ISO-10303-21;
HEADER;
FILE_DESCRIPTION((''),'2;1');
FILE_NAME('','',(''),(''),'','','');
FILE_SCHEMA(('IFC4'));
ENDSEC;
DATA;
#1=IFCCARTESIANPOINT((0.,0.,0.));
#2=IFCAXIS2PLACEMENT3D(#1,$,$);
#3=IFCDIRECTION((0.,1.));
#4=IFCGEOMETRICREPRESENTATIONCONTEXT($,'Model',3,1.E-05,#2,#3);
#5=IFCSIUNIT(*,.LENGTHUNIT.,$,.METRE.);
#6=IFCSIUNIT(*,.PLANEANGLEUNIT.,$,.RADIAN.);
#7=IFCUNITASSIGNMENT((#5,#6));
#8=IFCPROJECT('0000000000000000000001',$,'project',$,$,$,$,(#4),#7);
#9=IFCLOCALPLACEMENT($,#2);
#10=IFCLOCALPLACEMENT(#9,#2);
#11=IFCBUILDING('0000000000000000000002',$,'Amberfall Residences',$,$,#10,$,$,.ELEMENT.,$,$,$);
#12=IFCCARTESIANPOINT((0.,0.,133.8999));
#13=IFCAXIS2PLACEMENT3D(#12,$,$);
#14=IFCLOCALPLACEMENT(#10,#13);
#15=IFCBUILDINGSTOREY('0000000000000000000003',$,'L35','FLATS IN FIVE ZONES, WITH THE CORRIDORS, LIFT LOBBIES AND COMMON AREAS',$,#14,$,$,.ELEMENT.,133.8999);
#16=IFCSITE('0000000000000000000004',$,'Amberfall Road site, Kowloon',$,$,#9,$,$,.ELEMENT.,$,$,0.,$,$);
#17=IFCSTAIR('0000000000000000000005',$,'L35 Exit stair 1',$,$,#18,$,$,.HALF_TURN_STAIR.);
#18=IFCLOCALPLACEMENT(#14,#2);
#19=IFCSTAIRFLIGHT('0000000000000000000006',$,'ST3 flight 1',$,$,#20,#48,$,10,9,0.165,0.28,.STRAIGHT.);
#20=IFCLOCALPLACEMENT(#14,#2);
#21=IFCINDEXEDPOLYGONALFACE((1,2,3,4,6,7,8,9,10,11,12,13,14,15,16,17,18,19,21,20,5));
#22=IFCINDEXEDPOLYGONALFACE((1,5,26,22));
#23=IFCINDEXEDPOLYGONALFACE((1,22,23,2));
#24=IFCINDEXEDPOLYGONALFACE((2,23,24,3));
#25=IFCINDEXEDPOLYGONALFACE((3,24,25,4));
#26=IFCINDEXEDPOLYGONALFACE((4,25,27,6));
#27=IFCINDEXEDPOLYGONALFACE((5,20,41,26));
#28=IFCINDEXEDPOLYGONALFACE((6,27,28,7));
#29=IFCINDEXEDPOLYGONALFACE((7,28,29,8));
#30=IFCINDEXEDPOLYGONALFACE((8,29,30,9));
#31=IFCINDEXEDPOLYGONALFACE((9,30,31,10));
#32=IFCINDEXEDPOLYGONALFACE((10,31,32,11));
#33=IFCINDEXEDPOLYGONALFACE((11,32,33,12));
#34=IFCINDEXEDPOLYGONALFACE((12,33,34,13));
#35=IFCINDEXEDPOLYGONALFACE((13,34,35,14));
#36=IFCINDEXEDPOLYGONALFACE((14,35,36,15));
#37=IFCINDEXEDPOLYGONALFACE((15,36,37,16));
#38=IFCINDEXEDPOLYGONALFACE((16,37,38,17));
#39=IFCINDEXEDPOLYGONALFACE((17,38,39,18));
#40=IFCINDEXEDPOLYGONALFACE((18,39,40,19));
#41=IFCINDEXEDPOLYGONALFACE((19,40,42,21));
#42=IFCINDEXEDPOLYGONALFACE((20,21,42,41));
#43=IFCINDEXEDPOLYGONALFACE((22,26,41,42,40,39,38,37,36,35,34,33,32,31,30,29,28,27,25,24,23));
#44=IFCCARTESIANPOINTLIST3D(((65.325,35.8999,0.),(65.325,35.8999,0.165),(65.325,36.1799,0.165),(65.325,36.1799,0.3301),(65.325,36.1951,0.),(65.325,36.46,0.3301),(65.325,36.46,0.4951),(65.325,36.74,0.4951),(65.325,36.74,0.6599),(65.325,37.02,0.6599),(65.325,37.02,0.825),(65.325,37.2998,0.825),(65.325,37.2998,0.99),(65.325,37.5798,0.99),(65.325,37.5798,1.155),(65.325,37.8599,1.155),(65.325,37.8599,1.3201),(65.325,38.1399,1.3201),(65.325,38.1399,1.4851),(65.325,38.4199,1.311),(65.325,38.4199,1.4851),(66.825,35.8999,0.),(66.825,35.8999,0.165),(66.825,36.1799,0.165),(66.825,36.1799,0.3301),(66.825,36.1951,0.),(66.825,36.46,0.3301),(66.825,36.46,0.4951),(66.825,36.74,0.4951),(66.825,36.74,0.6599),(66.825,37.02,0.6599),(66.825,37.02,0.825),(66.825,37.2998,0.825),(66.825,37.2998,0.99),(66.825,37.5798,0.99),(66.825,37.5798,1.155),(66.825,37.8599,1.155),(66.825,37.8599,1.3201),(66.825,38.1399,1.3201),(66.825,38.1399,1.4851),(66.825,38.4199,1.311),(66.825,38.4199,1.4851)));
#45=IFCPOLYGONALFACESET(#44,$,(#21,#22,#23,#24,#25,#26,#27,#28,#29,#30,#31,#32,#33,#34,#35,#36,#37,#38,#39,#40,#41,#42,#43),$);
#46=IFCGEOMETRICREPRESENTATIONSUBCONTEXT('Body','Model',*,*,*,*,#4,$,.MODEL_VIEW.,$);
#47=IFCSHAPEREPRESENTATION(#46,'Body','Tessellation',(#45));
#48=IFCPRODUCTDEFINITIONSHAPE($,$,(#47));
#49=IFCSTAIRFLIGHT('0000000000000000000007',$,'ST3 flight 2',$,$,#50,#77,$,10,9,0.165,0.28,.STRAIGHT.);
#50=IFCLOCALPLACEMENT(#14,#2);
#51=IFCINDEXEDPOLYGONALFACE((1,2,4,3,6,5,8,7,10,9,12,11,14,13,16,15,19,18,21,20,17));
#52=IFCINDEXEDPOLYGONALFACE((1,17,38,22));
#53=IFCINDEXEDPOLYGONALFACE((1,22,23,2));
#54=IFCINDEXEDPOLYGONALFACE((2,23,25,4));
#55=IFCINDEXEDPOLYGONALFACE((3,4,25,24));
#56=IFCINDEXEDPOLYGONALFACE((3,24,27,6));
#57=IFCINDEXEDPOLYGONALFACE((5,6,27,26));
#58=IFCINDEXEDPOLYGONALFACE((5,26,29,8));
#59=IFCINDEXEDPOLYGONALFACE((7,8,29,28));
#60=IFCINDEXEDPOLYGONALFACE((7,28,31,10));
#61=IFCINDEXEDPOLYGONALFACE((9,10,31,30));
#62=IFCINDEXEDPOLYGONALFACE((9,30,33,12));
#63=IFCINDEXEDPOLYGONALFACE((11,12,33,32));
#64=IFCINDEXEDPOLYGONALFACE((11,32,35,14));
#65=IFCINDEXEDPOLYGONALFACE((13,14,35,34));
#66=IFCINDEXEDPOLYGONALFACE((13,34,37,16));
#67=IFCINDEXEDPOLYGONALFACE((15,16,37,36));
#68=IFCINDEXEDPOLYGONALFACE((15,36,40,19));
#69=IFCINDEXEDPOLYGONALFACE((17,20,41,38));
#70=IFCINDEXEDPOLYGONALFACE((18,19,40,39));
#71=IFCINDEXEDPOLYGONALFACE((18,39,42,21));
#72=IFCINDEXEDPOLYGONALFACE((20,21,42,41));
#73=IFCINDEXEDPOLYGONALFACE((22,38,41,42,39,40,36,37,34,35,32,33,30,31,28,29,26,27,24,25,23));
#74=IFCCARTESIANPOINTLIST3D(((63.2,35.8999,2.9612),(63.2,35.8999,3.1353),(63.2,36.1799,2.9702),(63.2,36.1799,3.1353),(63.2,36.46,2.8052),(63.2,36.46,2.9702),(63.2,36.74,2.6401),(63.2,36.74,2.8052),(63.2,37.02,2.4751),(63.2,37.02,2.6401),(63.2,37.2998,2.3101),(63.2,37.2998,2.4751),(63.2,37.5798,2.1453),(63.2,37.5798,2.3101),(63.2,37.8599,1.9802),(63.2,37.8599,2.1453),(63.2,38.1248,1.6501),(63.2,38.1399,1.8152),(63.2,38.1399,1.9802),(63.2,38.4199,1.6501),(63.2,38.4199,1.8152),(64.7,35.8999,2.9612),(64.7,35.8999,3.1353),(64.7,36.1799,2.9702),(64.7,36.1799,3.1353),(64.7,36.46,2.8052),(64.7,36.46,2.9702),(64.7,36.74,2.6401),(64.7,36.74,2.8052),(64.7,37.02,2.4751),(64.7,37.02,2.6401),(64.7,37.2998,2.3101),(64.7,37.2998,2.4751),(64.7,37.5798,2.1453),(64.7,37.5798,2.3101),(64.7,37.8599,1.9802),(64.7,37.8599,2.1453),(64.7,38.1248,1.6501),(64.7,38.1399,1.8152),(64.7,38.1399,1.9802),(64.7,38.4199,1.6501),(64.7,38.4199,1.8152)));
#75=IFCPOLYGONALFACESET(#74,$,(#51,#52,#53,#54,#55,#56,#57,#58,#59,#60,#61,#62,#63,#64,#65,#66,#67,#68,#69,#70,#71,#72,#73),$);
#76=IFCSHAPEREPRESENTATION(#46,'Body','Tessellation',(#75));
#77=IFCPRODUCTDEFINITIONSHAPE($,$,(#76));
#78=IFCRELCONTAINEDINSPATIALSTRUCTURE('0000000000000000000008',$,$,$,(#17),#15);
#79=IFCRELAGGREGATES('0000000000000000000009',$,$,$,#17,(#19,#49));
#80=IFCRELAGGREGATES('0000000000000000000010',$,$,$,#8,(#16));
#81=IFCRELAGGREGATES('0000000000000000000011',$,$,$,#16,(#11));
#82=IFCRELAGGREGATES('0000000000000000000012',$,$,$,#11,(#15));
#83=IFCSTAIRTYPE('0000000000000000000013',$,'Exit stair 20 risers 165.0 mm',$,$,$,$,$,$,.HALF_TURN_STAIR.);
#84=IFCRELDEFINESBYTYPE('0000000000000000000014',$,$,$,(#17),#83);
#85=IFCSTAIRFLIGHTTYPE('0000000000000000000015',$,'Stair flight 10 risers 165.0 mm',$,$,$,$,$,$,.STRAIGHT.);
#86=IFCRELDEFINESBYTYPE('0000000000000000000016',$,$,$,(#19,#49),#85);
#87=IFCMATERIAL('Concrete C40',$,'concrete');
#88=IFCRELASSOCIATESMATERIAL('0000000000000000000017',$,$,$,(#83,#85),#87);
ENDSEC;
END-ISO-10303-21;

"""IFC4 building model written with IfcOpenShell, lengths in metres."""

from ifc_helpers import new_model, si_unit, direction, frame, origin, place, context, subcontext, project, spatial, polyline, outline, extrude, material, type_object, element, aggregate, save


model = new_model("IFC4")

# Units and contexts
model_context = context("Model", 3, precision=1e-05, world=origin(), true_north=direction((0.0, 1.0)))
body_context = subcontext(model_context, "Body", "Model", "MODEL_VIEW")
ifc_project = project(units=[si_unit("LENGTHUNIT", "METRE"), si_unit("PLANEANGLEUNIT", "RADIAN")], contexts=[model_context])

# Site, building, storey
site_placement = place(None, origin())
site = spatial("IfcSite", under=ifc_project, at=site_placement, Name="Amberfall Road site, Kowloon", CompositionType="ELEMENT", RefElevation=0.0)
building_placement = place(site_placement, origin())
building = spatial("IfcBuilding", under=site, at=building_placement, Name="Amberfall Residences", CompositionType="ELEMENT")
storey_placement = place(building_placement, frame((0.0, 0.0, 133.8999)))
storey = spatial("IfcBuildingStorey", under=building, at=storey_placement, Name="L35", Description="FLATS IN FIVE ZONES, WITH THE CORRIDORS, LIFT LOBBIES AND COMMON AREAS", CompositionType="ELEMENT", Elevation=133.8999)

# Stair, stair flights
ifc_material_1 = material(Name="Concrete C40", Category="concrete")
stair_type = type_object("IfcStairType", Name="Exit stair 20 risers 165.0 mm", PredefinedType="HALF_TURN_STAIR", material=ifc_material_1)
stair_placement = place(storey_placement, origin())
stair = element("IfcStair", 1, at=stair_placement, inside=storey, type_object=stair_type, Name="L35 Exit stair 1", PredefinedType="HALF_TURN_STAIR")
stair_flight_type = type_object("IfcStairFlightType", Name="Stair flight 10 risers 165.0 mm", PredefinedType="STRAIGHT", material=ifc_material_1)
stair_flight_1_placement = place(storey_placement, frame((66.075, 35.8999, 0.0), z_axis=(0.0, 0.0, 1.0), x_axis=(0.0, 1.0, 0.0)))
stair_flight_1 = element("IfcStairFlight", 2, at=stair_flight_1_placement, type_object=stair_flight_type, Name="ST3 flight 1", NumberOfRisers=10, NumberOfTreads=9, PredefinedType="STRAIGHT", RiserHeight=0.165, TreadLength=0.28, context=body_context, shape_type="SweptSolid", body=[
    extrude(outline(polyline([(0.0, 0.0), (0.0, 0.165), (0.28, 0.165), (0.28, 0.3301), (0.5601, 0.3301), (0.5601, 0.4951), (0.8401, 0.4951), (0.8401, 0.6599), (1.1201, 0.6599), (1.1201, 0.825), (1.3999, 0.825), (1.3999, 0.99), (1.6799, 0.99), (1.6799, 1.155), (1.96, 1.155), (1.96, 1.3201), (2.24, 1.3201), (2.24, 1.4851), (2.52, 1.4851), (2.52, 1.6499), (2.52, 1.311), (0.2952, 0.0), (0.0, 0.0)])), frame((0.0, 0.75, 0.0), z_axis=(0.0, -1.0, 0.0), x_axis=(1.0, 0.0, 0.0)), (0.0, 0.0, 1.0), 1.5),
])
stair_flight_2_placement = place(storey_placement, frame((63.95, 38.4199, 1.6501), z_axis=(0.0, 0.0, 1.0), x_axis=(0.0, -1.0, 0.0)))
stair_flight_2 = element("IfcStairFlight", 3, at=stair_flight_2_placement, type_object=stair_flight_type, Name="ST3 flight 2", NumberOfRisers=10, NumberOfTreads=9, PredefinedType="STRAIGHT", RiserHeight=0.165, TreadLength=0.28, context=body_context, shape_type="SweptSolid", body=[
    extrude(outline(polyline([(0.0, 0.0), (0.0, 0.165), (0.28, 0.165), (0.28, 0.3301), (0.5601, 0.3301), (0.5601, 0.4951), (0.8401, 0.4951), (0.8401, 0.6599), (1.1201, 0.6599), (1.1201, 0.825), (1.3999, 0.825), (1.3999, 0.99), (1.6799, 0.99), (1.6799, 1.155), (1.96, 1.155), (1.96, 1.3201), (2.24, 1.3201), (2.24, 1.4851), (2.52, 1.4851), (2.52, 1.6499), (2.52, 1.311), (0.2952, 0.0), (0.0, 0.0)])), frame((0.0, 0.75, 0.0), z_axis=(0.0, -1.0, 0.0), x_axis=(1.0, 0.0, 0.0)), (0.0, 0.0, 1.0), 1.5),
])
aggregate(stair, [stair_flight_1, stair_flight_2])

save(model, "model.ifc")
